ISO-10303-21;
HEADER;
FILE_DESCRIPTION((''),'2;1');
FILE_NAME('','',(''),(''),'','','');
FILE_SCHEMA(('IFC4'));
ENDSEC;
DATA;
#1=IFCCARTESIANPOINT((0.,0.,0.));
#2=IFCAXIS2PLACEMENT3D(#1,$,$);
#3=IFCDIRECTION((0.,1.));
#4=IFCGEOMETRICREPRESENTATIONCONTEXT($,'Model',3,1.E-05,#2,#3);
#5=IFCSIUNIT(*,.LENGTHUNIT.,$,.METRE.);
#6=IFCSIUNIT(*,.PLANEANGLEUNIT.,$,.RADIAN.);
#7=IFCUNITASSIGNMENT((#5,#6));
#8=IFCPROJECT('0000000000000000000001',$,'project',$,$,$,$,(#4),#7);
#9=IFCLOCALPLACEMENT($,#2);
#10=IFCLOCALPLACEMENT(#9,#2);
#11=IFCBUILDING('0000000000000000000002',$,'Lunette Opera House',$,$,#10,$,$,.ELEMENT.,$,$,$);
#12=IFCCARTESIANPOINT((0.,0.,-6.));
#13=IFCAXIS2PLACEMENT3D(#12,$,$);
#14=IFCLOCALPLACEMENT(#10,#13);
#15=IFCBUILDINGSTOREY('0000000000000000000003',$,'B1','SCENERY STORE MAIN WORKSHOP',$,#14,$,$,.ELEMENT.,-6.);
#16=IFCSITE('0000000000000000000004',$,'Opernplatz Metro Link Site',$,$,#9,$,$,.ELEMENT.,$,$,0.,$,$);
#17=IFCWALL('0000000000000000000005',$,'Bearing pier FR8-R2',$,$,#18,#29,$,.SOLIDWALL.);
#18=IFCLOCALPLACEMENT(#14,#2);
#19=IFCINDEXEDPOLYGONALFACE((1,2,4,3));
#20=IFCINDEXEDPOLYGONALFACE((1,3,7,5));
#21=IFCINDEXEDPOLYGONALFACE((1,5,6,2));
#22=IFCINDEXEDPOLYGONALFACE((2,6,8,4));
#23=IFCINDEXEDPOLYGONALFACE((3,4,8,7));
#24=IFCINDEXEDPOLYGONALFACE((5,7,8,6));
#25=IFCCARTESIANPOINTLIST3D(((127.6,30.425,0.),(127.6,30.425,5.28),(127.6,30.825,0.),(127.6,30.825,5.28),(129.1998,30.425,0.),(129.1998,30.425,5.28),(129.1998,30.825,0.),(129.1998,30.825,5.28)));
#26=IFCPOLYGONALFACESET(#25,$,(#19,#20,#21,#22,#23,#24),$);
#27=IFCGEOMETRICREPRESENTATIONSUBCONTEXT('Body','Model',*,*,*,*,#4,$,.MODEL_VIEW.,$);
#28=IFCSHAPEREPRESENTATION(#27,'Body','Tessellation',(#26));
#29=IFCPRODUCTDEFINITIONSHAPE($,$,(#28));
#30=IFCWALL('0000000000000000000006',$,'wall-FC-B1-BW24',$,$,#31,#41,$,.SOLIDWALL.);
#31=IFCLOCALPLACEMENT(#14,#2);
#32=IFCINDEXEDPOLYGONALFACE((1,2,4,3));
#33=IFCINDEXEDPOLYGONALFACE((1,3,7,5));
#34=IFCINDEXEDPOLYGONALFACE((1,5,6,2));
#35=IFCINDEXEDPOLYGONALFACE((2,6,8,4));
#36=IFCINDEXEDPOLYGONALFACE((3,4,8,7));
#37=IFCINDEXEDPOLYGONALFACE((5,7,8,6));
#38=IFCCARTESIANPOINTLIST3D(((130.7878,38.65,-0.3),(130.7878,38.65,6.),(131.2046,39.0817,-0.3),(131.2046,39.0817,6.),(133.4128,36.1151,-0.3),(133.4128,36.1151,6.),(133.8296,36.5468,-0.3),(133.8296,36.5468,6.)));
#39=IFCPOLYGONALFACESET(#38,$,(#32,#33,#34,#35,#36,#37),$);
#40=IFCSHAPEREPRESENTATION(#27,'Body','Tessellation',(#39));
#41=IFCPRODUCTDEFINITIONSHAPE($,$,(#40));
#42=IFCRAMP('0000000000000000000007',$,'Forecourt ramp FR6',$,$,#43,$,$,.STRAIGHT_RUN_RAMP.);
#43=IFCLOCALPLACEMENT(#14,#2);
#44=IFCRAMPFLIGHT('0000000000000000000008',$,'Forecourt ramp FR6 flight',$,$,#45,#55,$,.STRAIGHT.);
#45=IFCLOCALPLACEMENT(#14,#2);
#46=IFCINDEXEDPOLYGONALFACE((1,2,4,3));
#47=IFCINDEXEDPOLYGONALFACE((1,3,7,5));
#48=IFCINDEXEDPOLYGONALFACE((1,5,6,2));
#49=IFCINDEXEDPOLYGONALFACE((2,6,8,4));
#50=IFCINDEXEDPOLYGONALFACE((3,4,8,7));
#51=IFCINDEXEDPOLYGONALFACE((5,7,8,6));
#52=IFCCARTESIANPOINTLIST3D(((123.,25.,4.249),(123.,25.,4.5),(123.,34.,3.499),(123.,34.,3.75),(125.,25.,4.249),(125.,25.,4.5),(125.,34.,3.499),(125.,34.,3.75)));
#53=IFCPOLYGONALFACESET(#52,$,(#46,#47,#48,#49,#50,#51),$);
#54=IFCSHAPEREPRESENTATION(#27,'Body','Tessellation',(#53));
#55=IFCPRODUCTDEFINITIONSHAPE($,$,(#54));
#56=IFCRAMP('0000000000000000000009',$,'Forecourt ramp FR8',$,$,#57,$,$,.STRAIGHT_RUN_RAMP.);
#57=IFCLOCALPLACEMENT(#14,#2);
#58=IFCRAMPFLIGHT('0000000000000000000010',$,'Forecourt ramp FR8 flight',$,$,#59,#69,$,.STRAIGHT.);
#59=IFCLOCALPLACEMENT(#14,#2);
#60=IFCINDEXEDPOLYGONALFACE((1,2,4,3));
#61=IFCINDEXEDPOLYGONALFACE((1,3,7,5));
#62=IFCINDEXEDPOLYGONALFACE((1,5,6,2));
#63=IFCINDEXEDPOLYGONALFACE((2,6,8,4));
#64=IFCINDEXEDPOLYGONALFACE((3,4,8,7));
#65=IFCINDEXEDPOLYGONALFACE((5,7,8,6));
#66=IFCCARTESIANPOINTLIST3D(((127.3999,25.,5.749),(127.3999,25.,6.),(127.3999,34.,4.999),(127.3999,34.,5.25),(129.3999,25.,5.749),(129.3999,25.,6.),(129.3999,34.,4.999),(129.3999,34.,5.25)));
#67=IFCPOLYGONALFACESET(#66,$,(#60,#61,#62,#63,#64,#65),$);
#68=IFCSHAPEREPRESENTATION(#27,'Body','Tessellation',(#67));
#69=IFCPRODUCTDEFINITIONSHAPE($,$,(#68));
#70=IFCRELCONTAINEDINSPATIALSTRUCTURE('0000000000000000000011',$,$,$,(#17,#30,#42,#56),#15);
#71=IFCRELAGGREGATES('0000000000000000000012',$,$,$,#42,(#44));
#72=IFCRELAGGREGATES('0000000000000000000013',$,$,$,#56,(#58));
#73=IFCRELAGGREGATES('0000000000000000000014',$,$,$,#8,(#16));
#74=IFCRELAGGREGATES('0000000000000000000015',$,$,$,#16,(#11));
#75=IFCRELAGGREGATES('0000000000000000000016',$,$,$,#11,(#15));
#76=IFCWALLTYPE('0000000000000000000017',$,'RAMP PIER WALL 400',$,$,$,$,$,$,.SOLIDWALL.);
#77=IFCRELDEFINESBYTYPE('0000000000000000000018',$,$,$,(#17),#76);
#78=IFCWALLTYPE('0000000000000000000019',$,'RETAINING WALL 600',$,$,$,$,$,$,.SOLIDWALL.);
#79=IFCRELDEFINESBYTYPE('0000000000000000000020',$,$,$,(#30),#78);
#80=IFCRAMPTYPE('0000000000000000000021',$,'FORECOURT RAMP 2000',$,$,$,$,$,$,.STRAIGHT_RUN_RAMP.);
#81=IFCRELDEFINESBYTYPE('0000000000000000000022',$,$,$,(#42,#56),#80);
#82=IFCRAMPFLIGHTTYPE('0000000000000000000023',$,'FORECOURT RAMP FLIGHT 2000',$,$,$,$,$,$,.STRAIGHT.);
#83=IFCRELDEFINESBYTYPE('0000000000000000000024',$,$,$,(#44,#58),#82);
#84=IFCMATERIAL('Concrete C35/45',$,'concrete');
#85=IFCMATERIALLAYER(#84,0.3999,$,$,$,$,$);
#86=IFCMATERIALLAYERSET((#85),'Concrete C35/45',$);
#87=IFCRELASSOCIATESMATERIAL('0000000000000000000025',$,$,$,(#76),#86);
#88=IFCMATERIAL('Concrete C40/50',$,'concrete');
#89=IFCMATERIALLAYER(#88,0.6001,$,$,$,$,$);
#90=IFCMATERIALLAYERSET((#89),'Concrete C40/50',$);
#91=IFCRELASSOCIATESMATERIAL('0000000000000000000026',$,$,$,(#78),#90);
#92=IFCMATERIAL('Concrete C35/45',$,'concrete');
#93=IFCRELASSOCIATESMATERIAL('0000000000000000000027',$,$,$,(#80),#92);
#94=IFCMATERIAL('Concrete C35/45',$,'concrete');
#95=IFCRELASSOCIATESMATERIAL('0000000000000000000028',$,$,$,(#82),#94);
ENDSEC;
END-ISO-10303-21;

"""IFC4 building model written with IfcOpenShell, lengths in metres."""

from ifc_helpers import new_model, si_unit, direction, frame, frame_2d, origin, place, context, subcontext, project, spatial, polyline, rectangle, outline, extrude, material, layer, layer_set, type_object, element, aggregate, save


model = new_model("IFC4")

# Units and contexts
model_context = context("Model", 3, precision=1e-05, world=origin(), true_north=direction((0.0, 1.0)))
body_context = subcontext(model_context, "Body", "Model", "MODEL_VIEW")
ifc_project = project(units=[si_unit("LENGTHUNIT", "METRE"), si_unit("PLANEANGLEUNIT", "RADIAN")], contexts=[model_context])

# Site, building, storey
site_placement = place(None, origin())
site = spatial("IfcSite", under=ifc_project, at=site_placement, Name="Opernplatz Metro Link Site", CompositionType="ELEMENT", RefElevation=0.0)
building_placement = place(site_placement, origin())
building = spatial("IfcBuilding", under=site, at=building_placement, Name="Lunette Opera House", CompositionType="ELEMENT")
storey_placement = place(building_placement, frame((0.0, 0.0, -6.0)))
storey = spatial("IfcBuildingStorey", under=building, at=storey_placement, Name="B1", Description="SCENERY STORE MAIN WORKSHOP", CompositionType="ELEMENT", Elevation=-6.0)

# Walls
ifc_material_1 = material(Name="Concrete C35/45", Category="concrete")
ifc_layer_1 = layer(ifc_material_1, 0.3999)
ifc_layer_set_1 = layer_set([ifc_layer_1], Name="Concrete C35/45")
wall_type_1 = type_object("IfcWallType", Name="RAMP PIER WALL 400", PredefinedType="SOLIDWALL", material=ifc_layer_set_1)
wall_1_placement = place(storey_placement, frame((127.6001, 30.625, 0.0), z_axis=(0.0, 0.0, 1.0), x_axis=(1.0, 0.0, 0.0)))
element("IfcWall", 1, at=wall_1_placement, inside=storey, type_object=wall_type_1, Name="Bearing pier FR8-R2", PredefinedType="SOLIDWALL", context=body_context, shape_type="SweptSolid", body=[
    extrude(rectangle(XDim=1.5999, YDim=0.3999, at=frame_2d((0.7998, 0.0))), origin(), (0.0, 0.0, 1.0), 5.28),
])
ifc_material_2 = material(Name="Concrete C40/50", Category="concrete")
ifc_layer_2 = layer(ifc_material_2, 0.6001)
ifc_layer_set_2 = layer_set([ifc_layer_2], Name="Concrete C40/50")
wall_type_2 = type_object("IfcWallType", Name="RETAINING WALL 600", PredefinedType="SOLIDWALL", material=ifc_layer_set_2)
wall_2_placement = place(storey_placement, frame((130.9961, 38.866, -0.3), z_axis=(0.0, 0.0, 1.0), x_axis=(0.719343, -0.694655, 0.0)))
element("IfcWall", 2, at=wall_2_placement, inside=storey, type_object=wall_type_2, Name="wall-FC-B1-BW24", PredefinedType="SOLIDWALL", context=body_context, shape_type="SweptSolid", body=[
    extrude(rectangle(XDim=3.6492, YDim=0.6001, at=frame_2d((1.8247, 0.0))), origin(), (0.0, 0.0, 1.0), 6.3),
])

# Ramps, ramp flights
ifc_material_3 = material(Name="Concrete C35/45", Category="concrete")
ramp_type = type_object("IfcRampType", Name="FORECOURT RAMP 2000", PredefinedType="STRAIGHT_RUN_RAMP", material=ifc_material_3)
ramp_1_placement = place(storey_placement, origin())
ramp_1 = element("IfcRamp", 3, at=ramp_1_placement, inside=storey, type_object=ramp_type, Name="Forecourt ramp FR6", PredefinedType="STRAIGHT_RUN_RAMP")
ifc_material_4 = material(Name="Concrete C35/45", Category="concrete")
ramp_flight_type = type_object("IfcRampFlightType", Name="FORECOURT RAMP FLIGHT 2000", PredefinedType="STRAIGHT", material=ifc_material_4)
ramp_flight_1_placement = place(storey_placement, frame((124.0, 34.0, 3.75), z_axis=(0.0, 0.0, 1.0), x_axis=(0.0, -1.0, 0.0)))
ramp_flight_1 = element("IfcRampFlight", 4, at=ramp_flight_1_placement, type_object=ramp_flight_type, Name="Forecourt ramp FR6 flight", PredefinedType="STRAIGHT", context=body_context, shape_type="SweptSolid", body=[
    extrude(outline(polyline([(0.0, 0.0), (9.0, 0.75), (9.0, 0.499), (0.0, -0.251), (0.0, 0.0)])), frame((0.0, 1.0, 0.0), z_axis=(0.0, -1.0, 0.0), x_axis=(1.0, 0.0, 0.0)), (0.0, 0.0, 1.0), 2.0),
])
aggregate(ramp_1, [ramp_flight_1])
ramp_2_placement = place(storey_placement, origin())
ramp_2 = element("IfcRamp", 5, at=ramp_2_placement, inside=storey, type_object=ramp_type, Name="Forecourt ramp FR8", PredefinedType="STRAIGHT_RUN_RAMP")
ramp_flight_2_placement = place(storey_placement, frame((128.3999, 34.0, 5.25), z_axis=(0.0, 0.0, 1.0), x_axis=(0.0, -1.0, 0.0)))
ramp_flight_2 = element("IfcRampFlight", 6, at=ramp_flight_2_placement, type_object=ramp_flight_type, Name="Forecourt ramp FR8 flight", PredefinedType="STRAIGHT", context=body_context, shape_type="SweptSolid", body=[
    extrude(outline(polyline([(0.0, 0.0), (9.0, 0.75), (9.0, 0.499), (0.0, -0.251), (0.0, 0.0)])), frame((0.0, 1.0, 0.0), z_axis=(0.0, -1.0, 0.0), x_axis=(1.0, 0.0, 0.0)), (0.0, 0.0, 1.0), 2.0),
])
aggregate(ramp_2, [ramp_flight_2])

save(model, "model.ifc")
